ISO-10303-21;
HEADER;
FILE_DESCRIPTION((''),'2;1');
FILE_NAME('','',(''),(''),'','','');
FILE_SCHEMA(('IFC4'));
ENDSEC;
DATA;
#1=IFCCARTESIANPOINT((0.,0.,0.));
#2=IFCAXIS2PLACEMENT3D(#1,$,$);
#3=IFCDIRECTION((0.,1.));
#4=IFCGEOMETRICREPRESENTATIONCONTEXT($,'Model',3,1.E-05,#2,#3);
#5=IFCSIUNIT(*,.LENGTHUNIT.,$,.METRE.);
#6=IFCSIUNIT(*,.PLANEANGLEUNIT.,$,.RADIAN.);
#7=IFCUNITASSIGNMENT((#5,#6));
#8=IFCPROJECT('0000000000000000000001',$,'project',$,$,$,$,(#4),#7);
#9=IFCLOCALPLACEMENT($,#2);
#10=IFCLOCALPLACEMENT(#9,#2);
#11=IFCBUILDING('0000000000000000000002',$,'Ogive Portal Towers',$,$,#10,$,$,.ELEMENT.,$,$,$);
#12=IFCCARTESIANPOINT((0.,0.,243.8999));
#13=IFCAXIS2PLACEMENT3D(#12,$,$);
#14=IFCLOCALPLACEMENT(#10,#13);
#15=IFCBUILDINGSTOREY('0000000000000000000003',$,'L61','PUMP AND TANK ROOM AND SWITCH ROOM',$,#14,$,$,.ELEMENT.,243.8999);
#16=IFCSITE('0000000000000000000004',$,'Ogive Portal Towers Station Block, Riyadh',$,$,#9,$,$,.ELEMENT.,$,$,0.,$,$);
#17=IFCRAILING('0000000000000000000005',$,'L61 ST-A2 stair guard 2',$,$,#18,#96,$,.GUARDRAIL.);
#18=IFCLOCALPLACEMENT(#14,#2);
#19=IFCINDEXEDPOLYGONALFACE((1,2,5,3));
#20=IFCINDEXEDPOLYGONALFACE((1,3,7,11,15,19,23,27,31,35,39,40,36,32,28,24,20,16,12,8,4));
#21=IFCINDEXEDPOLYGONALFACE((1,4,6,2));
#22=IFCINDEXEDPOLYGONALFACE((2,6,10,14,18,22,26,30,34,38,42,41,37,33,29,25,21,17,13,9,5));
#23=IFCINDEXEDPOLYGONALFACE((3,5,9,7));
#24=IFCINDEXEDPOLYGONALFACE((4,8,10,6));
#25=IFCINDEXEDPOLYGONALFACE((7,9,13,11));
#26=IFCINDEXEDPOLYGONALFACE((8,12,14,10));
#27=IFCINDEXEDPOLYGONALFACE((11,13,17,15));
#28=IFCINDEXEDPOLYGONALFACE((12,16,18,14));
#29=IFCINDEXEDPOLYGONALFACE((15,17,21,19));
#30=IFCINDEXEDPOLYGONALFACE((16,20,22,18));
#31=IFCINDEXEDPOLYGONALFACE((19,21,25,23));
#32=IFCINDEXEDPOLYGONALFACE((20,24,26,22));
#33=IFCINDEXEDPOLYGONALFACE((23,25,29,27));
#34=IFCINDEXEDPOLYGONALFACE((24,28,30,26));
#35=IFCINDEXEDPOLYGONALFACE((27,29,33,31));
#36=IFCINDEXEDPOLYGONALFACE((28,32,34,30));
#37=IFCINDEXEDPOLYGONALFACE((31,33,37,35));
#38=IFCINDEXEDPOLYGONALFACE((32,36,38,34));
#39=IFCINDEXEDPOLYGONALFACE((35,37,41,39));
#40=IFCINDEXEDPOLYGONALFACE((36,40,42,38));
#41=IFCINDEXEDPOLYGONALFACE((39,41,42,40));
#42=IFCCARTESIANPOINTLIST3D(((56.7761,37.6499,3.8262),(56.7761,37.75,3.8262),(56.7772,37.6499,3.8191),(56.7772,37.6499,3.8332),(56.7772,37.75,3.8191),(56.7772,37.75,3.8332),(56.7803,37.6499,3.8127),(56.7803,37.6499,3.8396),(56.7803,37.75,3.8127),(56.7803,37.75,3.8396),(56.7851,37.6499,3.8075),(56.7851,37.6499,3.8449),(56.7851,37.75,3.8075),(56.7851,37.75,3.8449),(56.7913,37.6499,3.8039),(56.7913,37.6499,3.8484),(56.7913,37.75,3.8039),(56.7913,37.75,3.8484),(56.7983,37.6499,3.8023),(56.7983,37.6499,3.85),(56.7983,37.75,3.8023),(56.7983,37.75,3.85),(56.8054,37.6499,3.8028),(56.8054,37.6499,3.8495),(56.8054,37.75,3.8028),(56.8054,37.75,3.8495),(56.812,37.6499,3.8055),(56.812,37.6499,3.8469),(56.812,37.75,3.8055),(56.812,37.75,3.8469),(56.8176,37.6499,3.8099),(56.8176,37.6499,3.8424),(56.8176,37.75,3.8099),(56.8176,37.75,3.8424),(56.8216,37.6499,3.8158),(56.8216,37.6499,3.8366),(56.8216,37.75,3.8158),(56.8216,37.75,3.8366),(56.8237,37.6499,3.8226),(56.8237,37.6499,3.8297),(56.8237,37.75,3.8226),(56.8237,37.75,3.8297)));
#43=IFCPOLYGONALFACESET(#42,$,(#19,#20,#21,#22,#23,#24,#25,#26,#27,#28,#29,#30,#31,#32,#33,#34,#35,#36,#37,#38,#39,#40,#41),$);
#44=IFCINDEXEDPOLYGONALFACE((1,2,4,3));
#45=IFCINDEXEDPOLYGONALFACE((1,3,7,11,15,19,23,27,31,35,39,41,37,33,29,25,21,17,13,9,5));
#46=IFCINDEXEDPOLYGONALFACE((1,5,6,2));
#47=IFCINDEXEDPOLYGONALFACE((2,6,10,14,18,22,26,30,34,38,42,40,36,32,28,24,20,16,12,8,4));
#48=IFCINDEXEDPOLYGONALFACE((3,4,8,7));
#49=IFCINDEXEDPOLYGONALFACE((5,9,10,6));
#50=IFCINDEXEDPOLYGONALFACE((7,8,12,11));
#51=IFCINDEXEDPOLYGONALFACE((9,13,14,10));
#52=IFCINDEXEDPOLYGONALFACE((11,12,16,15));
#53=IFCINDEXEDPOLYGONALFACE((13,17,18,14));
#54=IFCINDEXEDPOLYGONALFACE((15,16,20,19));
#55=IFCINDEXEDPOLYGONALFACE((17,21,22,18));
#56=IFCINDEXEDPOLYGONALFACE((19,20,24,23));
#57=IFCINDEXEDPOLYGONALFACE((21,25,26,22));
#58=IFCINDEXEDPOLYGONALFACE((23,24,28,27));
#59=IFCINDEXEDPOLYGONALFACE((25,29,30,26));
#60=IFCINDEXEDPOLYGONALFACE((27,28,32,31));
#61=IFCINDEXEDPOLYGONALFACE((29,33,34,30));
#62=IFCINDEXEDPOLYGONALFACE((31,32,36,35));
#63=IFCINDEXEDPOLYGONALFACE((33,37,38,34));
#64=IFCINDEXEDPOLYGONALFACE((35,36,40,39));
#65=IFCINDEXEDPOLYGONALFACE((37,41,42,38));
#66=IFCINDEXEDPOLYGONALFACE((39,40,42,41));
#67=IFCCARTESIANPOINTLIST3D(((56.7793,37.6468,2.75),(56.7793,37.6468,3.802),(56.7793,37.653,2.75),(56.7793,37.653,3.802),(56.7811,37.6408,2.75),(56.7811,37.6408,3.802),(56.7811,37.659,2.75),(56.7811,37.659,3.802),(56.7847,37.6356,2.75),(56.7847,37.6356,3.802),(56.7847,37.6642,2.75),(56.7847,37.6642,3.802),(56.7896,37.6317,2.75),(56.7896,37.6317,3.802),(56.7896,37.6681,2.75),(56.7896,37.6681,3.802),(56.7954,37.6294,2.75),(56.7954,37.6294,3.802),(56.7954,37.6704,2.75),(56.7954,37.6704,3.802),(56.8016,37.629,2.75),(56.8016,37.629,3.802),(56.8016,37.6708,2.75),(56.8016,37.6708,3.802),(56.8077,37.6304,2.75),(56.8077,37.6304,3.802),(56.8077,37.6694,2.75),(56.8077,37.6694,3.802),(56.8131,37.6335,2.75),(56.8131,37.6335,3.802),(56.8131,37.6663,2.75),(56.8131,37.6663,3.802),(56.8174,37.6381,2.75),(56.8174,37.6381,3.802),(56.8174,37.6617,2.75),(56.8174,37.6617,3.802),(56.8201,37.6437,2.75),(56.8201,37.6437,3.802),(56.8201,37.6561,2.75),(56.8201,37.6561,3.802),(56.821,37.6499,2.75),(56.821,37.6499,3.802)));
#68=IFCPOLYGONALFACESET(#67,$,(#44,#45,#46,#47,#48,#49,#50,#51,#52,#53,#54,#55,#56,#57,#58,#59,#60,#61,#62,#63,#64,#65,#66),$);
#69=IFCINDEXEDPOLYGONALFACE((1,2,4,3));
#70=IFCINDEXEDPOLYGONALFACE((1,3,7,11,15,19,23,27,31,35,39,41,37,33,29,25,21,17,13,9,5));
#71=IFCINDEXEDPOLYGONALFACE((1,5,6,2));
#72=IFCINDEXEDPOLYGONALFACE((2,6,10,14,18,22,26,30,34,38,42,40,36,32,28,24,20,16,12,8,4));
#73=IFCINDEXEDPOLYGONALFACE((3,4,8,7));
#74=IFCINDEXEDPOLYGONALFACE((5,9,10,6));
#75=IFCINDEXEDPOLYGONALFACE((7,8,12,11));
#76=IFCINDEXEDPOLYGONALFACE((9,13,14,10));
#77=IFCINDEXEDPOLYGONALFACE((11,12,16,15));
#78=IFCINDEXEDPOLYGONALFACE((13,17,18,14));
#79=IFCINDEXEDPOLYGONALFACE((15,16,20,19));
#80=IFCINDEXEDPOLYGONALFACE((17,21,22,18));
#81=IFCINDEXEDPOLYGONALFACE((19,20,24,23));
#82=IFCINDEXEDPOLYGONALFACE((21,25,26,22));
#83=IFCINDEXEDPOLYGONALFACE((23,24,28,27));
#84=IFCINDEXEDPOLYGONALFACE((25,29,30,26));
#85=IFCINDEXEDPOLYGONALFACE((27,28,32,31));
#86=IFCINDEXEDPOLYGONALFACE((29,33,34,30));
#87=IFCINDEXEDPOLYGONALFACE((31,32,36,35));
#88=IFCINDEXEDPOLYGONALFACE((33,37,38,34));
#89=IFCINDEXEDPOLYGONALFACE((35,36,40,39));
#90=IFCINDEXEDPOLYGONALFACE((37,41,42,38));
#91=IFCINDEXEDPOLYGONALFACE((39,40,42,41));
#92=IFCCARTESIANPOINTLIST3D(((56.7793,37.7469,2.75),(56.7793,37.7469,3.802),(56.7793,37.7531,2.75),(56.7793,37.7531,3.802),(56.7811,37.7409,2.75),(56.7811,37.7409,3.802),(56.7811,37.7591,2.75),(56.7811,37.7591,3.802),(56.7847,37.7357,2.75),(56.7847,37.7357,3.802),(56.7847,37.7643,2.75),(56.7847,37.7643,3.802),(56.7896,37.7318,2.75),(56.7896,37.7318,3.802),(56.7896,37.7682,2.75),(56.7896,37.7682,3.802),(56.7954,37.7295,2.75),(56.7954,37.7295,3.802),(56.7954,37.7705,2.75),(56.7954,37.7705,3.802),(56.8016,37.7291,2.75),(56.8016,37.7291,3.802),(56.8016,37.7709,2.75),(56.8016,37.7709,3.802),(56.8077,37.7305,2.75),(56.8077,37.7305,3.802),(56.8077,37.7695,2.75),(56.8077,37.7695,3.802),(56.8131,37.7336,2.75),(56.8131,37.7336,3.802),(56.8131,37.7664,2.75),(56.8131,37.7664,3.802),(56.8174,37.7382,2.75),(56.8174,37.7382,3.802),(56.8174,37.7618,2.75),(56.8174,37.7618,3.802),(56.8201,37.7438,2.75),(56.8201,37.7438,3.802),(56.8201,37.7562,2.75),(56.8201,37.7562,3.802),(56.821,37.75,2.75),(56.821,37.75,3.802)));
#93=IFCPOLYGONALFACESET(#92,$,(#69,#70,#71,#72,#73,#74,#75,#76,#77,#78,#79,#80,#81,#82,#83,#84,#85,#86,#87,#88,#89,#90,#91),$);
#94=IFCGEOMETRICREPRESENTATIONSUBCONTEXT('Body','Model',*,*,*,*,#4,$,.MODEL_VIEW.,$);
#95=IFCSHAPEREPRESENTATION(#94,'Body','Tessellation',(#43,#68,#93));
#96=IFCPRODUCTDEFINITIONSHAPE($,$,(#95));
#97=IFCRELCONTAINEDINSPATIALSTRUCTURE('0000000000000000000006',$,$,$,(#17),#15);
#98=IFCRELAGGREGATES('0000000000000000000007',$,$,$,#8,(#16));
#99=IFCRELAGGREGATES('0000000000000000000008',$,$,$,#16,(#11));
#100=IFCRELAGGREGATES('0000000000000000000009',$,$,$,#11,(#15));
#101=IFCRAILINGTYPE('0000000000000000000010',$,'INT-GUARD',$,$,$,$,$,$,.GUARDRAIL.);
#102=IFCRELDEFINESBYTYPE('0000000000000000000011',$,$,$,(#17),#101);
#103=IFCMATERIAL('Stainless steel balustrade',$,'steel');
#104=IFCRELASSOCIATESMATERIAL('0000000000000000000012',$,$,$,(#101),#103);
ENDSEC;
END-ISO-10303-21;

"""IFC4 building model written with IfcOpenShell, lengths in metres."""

from ifc_helpers import new_model, si_unit, direction, frame, origin, origin_2d, place, context, subcontext, project, spatial, circle, extrude, material, type_object, element, save


model = new_model("IFC4")

# Units and contexts
model_context = context("Model", 3, precision=1e-05, world=origin(), true_north=direction((0.0, 1.0)))
body_context = subcontext(model_context, "Body", "Model", "MODEL_VIEW")
ifc_project = project(units=[si_unit("LENGTHUNIT", "METRE"), si_unit("PLANEANGLEUNIT", "RADIAN")], contexts=[model_context])

# Site, building, storey
site_placement = place(None, origin())
site = spatial("IfcSite", under=ifc_project, at=site_placement, Name="Ogive Portal Towers Station Block, Riyadh", CompositionType="ELEMENT", RefElevation=0.0)
building_placement = place(site_placement, origin())
building = spatial("IfcBuilding", under=site, at=building_placement, Name="Ogive Portal Towers", CompositionType="ELEMENT")
storey_placement = place(building_placement, frame((0.0, 0.0, 243.8999)))
storey = spatial("IfcBuildingStorey", under=building, at=storey_placement, Name="L61", Description="PUMP AND TANK ROOM AND SWITCH ROOM", CompositionType="ELEMENT", Elevation=243.8999)

# Railing
ifc_material_1 = material(Name="Stainless steel balustrade", Category="steel")
railing_type_1 = type_object("IfcRailingType", Name="INT-GUARD", PredefinedType="GUARDRAIL", material=ifc_material_1)
railing_1_placement = place(storey_placement, frame((56.8, 37.6499, 2.75)))
element("IfcRailing", 1, at=railing_1_placement, inside=storey, type_object=railing_type_1, Name="L61 ST-A2 stair guard 2", PredefinedType="GUARDRAIL", context=body_context, shape_type="SweptSolid", body=[
    extrude(circle(Radius=0.0239, at=origin_2d()), frame((0.0, 0.0, 1.0762), z_axis=(0.0, 1.0, 0.0), x_axis=(-1.0, 0.0, 0.0)), (0.0, 0.0, 1.0), 0.1001),
    extrude(circle(Radius=0.021, at=origin_2d()), origin(), (0.0, 0.0, 1.0), 1.052),
    extrude(circle(Radius=0.021, at=origin_2d()), frame((0.0, 0.1001, 0.0)), (0.0, 0.0, 1.0), 1.052),
])

save(model, "model.ifc")
